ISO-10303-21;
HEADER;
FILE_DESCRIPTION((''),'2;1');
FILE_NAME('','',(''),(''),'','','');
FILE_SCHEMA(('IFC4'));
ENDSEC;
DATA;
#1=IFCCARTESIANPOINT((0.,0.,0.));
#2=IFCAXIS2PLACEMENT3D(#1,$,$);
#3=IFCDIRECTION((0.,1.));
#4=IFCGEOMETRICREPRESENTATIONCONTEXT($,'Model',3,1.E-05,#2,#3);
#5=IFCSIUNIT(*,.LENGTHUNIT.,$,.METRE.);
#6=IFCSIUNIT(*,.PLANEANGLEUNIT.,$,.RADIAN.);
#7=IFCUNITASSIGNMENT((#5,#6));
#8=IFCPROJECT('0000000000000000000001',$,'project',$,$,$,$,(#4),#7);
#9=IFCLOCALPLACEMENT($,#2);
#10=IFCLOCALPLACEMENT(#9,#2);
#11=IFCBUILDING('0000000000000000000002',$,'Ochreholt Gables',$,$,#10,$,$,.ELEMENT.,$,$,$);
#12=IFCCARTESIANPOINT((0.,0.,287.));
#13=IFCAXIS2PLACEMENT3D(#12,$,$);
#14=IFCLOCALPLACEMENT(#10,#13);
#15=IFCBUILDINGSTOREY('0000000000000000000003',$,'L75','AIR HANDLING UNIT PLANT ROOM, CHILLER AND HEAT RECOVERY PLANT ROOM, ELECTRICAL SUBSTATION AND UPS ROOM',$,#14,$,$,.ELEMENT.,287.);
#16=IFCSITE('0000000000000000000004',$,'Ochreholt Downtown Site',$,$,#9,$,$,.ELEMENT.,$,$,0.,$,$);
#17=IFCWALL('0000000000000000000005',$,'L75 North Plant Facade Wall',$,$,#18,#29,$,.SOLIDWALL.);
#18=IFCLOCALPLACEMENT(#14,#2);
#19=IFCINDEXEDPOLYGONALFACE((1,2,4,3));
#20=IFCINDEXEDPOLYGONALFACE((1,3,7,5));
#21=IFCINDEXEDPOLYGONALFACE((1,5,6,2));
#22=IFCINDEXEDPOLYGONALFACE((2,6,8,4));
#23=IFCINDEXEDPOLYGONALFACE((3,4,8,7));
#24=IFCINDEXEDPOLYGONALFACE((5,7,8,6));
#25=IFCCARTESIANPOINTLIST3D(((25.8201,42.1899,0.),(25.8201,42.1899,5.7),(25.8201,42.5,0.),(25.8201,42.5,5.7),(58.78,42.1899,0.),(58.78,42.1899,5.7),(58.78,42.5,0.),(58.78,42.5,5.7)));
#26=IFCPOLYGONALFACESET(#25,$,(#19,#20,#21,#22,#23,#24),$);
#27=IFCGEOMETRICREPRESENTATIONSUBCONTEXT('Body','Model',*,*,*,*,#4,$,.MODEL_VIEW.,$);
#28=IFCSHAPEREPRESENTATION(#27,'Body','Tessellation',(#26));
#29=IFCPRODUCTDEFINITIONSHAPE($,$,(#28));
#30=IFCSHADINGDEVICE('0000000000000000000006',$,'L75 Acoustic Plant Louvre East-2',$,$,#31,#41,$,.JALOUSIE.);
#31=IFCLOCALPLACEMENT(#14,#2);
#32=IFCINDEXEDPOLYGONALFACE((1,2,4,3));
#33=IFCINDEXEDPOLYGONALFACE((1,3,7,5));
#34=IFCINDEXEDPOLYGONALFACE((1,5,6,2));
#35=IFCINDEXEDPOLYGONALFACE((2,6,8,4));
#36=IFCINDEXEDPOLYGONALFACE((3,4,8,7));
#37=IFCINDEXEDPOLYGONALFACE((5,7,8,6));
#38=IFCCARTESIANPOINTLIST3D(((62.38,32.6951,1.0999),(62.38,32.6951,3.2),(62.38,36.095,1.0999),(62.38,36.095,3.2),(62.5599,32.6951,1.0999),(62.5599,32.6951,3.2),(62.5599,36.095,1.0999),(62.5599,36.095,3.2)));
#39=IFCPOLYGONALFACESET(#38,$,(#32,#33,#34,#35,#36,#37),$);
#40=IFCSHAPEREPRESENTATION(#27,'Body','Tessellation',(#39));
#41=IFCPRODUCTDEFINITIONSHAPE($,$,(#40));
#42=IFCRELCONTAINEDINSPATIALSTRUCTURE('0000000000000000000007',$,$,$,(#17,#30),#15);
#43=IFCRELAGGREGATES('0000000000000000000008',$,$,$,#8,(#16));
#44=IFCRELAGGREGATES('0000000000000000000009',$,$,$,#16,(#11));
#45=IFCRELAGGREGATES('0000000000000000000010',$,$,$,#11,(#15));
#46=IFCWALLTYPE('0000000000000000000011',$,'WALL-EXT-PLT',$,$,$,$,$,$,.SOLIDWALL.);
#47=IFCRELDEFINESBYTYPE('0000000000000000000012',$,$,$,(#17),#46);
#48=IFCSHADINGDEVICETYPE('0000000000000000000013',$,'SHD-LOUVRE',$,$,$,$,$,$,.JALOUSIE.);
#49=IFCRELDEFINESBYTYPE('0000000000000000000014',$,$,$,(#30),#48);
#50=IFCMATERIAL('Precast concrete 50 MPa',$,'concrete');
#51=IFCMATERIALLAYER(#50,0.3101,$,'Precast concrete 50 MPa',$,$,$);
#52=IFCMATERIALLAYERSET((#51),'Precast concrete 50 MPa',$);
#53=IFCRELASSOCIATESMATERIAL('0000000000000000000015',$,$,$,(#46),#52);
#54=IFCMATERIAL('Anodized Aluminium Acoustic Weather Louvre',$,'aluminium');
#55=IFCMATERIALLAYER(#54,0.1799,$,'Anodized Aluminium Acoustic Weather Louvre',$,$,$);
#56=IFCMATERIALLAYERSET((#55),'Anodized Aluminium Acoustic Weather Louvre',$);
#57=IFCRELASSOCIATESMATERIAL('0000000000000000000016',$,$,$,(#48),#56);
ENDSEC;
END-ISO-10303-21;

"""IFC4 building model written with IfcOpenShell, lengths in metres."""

from ifc_helpers import new_model, si_unit, direction, frame, frame_2d, origin, origin_2d, place, context, subcontext, project, spatial, rectangle, extrude, material, layer, layer_set, type_object, element, save


model = new_model("IFC4")

# Units and contexts
model_context = context("Model", 3, precision=1e-05, world=origin(), true_north=direction((0.0, 1.0)))
body_context = subcontext(model_context, "Body", "Model", "MODEL_VIEW")
ifc_project = project(units=[si_unit("LENGTHUNIT", "METRE"), si_unit("PLANEANGLEUNIT", "RADIAN")], contexts=[model_context])

# Site, building, storey
site_placement = place(None, origin())
site = spatial("IfcSite", under=ifc_project, at=site_placement, Name="Ochreholt Downtown Site", CompositionType="ELEMENT", RefElevation=0.0)
building_placement = place(site_placement, origin())
building = spatial("IfcBuilding", under=site, at=building_placement, Name="Ochreholt Gables", CompositionType="ELEMENT")
storey_placement = place(building_placement, frame((0.0, 0.0, 287.0)))
storey = spatial("IfcBuildingStorey", under=building, at=storey_placement, Name="L75", Description="AIR HANDLING UNIT PLANT ROOM, CHILLER AND HEAT RECOVERY PLANT ROOM, ELECTRICAL SUBSTATION AND UPS ROOM", CompositionType="ELEMENT", Elevation=287.0)

# Wall
ifc_material_1 = material(Name="Precast concrete 50 MPa", Category="concrete")
ifc_layer_1 = layer(ifc_material_1, 0.3101, Name="Precast concrete 50 MPa")
ifc_layer_set_1 = layer_set([ifc_layer_1], Name="Precast concrete 50 MPa")
wall_type_1 = type_object("IfcWallType", Name="WALL-EXT-PLT", PredefinedType="SOLIDWALL", material=ifc_layer_set_1)
wall_1_placement = place(storey_placement, frame((58.78, 42.345, 0.0), z_axis=(0.0, 0.0, 1.0), x_axis=(-1.0, 0.0, 0.0)))
element("IfcWall", 1, at=wall_1_placement, inside=storey, type_object=wall_type_1, Name="L75 North Plant Facade Wall", PredefinedType="SOLIDWALL", context=body_context, shape_type="SweptSolid", body=[
    extrude(rectangle(XDim=32.96, YDim=0.3101, at=frame_2d((16.48, 0.0))), origin(), (0.0, 0.0, 1.0), 5.7),
])

# Shading device
ifc_material_2 = material(Name="Anodized Aluminium Acoustic Weather Louvre", Category="aluminium")
ifc_layer_2 = layer(ifc_material_2, 0.1799, Name="Anodized Aluminium Acoustic Weather Louvre")
ifc_layer_set_2 = layer_set([ifc_layer_2], Name="Anodized Aluminium Acoustic Weather Louvre")
shading_device_type = type_object("IfcShadingDeviceType", Name="SHD-LOUVRE", PredefinedType="JALOUSIE", material=ifc_layer_set_2)
shading_device_placement = place(storey_placement, frame((62.47, 34.395, 1.0999), z_axis=(0.0, 0.0, 1.0), x_axis=(0.0, 1.0, 0.0)))
element("IfcShadingDevice", 2, at=shading_device_placement, inside=storey, type_object=shading_device_type, Name="L75 Acoustic Plant Louvre East-2", PredefinedType="JALOUSIE", context=body_context, shape_type="SweptSolid", body=[
    extrude(rectangle(XDim=3.3999, YDim=0.1799, at=origin_2d()), origin(), (0.0, 0.0, 1.0), 2.1001),
])

save(model, "model.ifc")
